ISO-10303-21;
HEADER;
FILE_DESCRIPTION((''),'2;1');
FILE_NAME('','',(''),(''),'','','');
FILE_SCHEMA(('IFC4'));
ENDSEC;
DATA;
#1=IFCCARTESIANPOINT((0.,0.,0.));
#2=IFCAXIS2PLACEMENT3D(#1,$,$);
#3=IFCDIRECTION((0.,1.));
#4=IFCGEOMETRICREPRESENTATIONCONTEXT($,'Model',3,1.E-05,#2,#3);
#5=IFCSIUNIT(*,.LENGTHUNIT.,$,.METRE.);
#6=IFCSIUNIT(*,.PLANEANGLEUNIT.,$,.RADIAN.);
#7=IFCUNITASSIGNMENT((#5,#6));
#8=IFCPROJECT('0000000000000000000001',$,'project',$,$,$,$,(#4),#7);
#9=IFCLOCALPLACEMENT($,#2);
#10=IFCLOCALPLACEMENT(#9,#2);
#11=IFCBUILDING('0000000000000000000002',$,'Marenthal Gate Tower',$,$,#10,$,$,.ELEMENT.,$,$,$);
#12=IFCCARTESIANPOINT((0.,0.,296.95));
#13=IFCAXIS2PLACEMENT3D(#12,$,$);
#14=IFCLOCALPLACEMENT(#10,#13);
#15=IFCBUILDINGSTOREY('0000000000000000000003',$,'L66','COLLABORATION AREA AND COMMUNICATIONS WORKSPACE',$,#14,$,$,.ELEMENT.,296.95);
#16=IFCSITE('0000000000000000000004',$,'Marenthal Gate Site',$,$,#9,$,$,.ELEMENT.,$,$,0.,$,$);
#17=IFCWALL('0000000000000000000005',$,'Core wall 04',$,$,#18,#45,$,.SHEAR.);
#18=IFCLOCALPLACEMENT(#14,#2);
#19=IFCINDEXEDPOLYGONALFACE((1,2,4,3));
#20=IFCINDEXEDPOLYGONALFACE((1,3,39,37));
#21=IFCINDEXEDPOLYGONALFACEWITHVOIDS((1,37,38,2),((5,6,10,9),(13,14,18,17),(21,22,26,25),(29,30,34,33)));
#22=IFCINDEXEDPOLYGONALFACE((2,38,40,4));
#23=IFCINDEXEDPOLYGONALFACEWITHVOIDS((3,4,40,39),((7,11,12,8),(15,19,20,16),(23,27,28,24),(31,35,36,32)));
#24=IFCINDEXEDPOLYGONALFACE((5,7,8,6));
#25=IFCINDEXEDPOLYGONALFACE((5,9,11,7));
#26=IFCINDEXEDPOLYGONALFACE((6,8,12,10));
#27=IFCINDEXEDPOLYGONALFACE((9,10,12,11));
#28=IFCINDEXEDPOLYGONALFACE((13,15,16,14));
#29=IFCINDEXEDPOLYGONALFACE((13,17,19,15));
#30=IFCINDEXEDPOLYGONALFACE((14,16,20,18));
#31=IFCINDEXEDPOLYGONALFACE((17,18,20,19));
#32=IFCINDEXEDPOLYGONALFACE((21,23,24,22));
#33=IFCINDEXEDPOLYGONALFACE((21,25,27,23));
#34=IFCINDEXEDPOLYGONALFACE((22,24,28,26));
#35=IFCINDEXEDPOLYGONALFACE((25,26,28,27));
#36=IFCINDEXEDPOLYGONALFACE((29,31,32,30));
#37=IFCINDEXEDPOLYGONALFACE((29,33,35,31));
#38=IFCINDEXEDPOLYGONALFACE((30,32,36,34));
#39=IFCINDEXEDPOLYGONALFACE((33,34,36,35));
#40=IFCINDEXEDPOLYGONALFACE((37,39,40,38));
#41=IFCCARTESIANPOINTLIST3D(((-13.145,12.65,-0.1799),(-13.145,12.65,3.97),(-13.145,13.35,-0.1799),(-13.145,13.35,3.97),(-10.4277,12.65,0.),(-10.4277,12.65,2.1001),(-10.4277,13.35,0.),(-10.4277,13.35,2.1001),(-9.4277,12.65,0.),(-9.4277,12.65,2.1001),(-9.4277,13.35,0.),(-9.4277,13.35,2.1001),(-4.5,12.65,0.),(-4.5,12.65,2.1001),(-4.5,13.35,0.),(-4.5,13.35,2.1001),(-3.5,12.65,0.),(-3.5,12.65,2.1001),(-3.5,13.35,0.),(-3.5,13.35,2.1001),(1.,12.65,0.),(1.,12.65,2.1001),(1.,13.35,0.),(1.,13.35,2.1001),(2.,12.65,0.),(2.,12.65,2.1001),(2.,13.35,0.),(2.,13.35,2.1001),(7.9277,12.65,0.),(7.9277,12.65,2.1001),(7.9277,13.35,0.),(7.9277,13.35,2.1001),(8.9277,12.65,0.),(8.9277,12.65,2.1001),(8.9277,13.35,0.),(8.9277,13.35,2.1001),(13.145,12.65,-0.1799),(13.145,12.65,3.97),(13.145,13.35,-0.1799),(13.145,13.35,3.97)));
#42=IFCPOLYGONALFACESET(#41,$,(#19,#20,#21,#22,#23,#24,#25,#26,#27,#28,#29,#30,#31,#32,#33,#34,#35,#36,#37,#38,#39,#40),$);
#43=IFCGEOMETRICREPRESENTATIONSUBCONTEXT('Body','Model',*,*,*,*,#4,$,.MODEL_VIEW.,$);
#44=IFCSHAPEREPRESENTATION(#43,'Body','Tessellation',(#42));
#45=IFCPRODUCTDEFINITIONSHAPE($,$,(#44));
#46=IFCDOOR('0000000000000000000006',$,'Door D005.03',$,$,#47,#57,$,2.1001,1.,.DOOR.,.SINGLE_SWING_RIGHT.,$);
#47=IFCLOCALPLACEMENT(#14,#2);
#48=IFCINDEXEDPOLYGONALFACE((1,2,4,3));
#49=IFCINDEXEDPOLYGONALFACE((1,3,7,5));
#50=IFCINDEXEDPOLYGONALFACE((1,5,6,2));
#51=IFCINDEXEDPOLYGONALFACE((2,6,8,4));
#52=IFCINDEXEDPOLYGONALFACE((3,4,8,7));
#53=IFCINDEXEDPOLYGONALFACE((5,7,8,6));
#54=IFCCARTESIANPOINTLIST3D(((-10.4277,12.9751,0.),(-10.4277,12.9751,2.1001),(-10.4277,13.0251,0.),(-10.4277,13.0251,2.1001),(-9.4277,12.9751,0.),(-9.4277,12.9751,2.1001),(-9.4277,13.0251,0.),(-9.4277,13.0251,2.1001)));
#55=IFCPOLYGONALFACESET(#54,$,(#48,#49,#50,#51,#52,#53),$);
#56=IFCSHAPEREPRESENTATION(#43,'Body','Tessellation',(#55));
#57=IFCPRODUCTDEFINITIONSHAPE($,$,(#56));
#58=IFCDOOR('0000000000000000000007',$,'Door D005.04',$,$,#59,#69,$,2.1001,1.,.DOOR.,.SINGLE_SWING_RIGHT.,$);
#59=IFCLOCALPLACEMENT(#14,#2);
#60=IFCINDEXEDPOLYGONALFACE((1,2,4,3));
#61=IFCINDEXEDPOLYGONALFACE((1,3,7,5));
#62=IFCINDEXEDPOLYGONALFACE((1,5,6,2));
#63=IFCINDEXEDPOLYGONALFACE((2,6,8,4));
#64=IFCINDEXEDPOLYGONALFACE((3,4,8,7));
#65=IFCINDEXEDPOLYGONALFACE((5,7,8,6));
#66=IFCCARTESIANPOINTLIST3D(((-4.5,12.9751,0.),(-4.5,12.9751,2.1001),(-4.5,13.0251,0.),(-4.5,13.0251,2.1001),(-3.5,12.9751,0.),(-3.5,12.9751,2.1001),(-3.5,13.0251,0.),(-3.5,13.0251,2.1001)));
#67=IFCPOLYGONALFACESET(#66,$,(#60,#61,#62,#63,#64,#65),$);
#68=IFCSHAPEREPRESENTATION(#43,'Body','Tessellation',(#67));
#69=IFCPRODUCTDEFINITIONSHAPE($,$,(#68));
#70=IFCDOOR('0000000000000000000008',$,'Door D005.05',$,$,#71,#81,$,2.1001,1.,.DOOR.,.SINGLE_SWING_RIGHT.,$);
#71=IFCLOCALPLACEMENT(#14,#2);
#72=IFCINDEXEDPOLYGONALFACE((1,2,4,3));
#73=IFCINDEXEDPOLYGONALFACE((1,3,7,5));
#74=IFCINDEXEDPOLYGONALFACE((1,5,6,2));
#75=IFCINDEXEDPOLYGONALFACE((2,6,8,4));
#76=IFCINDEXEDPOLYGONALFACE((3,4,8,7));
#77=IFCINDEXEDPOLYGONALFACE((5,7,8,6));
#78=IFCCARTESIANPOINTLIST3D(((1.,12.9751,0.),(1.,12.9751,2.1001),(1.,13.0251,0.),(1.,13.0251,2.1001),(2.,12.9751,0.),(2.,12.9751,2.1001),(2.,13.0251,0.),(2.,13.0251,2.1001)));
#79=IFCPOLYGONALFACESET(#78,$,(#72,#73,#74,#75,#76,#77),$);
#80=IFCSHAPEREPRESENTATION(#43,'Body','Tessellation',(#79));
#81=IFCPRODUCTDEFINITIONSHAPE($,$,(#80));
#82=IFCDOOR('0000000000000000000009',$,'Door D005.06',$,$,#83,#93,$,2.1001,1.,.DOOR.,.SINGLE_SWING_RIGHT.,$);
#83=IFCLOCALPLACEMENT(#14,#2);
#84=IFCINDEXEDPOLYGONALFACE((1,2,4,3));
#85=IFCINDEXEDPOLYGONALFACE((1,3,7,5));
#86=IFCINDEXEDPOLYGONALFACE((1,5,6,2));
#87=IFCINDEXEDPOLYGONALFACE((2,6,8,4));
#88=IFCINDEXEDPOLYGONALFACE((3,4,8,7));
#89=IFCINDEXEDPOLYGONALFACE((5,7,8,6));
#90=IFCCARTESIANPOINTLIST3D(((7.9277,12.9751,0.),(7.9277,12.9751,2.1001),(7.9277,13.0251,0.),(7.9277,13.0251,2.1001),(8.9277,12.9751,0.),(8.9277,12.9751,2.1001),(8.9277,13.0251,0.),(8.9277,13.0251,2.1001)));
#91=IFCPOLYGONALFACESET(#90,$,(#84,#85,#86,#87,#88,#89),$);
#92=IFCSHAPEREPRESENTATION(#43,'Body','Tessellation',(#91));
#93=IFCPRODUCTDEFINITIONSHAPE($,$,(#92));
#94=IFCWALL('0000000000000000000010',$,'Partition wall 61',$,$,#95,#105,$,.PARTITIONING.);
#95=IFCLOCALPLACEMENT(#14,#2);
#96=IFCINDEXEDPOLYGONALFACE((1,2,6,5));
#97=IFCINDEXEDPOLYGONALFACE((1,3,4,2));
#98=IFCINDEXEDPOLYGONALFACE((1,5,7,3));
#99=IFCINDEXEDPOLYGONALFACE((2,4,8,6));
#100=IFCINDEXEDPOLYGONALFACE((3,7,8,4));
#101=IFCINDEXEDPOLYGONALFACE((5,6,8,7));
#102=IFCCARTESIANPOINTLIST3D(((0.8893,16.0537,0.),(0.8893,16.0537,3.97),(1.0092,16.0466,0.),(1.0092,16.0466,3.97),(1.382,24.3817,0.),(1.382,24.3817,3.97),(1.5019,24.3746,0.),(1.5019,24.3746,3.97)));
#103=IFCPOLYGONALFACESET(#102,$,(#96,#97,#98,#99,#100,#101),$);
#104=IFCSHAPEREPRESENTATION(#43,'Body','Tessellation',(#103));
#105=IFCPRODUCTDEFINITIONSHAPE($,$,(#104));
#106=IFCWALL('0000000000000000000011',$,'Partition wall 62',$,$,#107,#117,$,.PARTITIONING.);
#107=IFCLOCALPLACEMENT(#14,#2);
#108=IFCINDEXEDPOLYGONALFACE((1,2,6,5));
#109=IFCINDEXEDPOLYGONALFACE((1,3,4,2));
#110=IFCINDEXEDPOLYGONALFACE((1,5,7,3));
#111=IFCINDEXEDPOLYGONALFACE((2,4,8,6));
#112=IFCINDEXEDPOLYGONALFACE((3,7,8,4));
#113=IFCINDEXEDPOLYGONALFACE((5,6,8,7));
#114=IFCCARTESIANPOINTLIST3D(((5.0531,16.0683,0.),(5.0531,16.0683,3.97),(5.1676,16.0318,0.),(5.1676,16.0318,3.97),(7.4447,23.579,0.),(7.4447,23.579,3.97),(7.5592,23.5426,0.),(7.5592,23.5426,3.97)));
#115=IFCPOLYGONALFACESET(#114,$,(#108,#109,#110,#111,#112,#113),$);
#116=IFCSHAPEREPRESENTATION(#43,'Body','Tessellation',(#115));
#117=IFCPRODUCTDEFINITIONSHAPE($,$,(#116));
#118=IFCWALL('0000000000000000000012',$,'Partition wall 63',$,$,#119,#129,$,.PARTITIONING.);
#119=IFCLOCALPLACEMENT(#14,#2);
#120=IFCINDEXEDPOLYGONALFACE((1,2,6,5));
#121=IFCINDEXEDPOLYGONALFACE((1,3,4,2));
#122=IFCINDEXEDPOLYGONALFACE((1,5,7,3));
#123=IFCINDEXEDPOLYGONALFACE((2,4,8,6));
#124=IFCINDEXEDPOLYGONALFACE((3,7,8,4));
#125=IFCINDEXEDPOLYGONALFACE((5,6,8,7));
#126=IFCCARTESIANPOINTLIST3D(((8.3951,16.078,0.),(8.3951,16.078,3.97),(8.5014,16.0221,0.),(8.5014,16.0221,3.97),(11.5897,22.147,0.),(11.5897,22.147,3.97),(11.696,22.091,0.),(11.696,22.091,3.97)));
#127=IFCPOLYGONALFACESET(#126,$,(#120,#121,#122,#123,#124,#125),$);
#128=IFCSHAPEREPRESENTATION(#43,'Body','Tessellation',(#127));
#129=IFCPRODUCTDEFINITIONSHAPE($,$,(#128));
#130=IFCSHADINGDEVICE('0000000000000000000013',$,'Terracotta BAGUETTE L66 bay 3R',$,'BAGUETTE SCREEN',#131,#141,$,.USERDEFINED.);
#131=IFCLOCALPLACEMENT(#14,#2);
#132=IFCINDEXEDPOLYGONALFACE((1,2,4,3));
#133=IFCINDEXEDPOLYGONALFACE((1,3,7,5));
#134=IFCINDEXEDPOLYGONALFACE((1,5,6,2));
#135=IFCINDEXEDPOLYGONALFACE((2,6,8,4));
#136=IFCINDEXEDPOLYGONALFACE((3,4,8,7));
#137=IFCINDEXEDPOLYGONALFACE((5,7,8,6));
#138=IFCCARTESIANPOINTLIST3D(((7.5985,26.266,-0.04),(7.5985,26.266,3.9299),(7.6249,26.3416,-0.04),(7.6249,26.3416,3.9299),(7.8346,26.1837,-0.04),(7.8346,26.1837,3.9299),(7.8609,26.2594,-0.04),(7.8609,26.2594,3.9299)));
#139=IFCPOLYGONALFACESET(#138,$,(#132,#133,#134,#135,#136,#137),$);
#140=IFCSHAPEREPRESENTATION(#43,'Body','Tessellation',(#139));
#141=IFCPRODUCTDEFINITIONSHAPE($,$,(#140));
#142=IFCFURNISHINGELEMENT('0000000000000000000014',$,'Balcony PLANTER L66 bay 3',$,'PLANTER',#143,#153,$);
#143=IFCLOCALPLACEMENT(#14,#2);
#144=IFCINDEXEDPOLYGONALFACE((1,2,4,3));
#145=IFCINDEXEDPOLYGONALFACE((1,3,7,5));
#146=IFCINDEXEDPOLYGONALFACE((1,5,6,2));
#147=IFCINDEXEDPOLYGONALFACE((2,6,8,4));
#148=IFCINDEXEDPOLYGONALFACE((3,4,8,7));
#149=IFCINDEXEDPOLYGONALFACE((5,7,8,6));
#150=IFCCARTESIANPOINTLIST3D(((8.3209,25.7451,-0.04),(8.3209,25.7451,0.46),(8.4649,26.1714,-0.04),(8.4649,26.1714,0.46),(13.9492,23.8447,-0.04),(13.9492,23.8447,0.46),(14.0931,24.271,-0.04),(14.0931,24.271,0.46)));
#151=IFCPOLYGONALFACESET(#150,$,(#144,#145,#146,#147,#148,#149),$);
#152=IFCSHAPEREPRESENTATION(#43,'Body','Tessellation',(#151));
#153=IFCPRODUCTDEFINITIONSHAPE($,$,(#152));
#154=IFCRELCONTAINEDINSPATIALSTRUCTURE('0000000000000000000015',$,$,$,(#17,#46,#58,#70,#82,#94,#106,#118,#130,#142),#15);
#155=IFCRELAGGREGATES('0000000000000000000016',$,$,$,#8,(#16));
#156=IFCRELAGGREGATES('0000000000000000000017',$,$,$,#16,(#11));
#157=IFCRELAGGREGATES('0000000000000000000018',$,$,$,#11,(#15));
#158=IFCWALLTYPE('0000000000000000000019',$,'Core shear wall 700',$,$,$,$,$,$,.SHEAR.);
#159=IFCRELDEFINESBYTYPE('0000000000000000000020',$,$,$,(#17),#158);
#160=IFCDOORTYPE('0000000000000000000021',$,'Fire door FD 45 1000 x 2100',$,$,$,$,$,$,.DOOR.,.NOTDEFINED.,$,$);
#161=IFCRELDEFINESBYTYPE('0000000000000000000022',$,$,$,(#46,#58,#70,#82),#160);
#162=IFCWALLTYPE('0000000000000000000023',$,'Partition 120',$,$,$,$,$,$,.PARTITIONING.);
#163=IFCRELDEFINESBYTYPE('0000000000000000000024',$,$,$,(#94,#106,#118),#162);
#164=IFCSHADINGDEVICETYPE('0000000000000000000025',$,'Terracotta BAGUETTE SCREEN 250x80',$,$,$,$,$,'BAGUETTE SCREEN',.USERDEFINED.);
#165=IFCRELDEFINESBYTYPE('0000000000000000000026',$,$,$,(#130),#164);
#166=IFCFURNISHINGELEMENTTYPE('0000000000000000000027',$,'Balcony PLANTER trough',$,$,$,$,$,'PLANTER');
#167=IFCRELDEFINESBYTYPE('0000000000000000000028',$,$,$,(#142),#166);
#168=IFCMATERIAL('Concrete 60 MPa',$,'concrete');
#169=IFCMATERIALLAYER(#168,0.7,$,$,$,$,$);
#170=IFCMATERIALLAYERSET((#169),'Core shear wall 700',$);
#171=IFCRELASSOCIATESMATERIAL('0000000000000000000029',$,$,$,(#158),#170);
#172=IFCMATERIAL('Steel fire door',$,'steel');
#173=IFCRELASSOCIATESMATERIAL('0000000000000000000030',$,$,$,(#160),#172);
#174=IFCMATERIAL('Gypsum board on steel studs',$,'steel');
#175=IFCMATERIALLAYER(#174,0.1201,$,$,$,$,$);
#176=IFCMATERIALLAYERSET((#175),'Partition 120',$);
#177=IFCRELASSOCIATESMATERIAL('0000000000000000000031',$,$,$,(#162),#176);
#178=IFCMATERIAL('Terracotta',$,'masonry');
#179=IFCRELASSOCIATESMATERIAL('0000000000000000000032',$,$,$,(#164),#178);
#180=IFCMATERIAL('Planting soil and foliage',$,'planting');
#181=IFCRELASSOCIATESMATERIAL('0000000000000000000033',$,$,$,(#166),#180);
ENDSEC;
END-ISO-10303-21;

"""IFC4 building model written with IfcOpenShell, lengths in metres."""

from ifc_helpers import new_model, si_unit, direction, frame, frame_2d, origin, origin_2d, place, context, subcontext, project, spatial, rectangle, extrude, material, layer, layer_set, material_profile, profile_set, type_object, element, fill, save


model = new_model("IFC4")

# Units and contexts
model_context = context("Model", 3, precision=1e-05, world=origin(), true_north=direction((0.0, 1.0)))
body_context = subcontext(model_context, "Body", "Model", "MODEL_VIEW")
ifc_project = project(units=[si_unit("LENGTHUNIT", "METRE"), si_unit("PLANEANGLEUNIT", "RADIAN")], contexts=[model_context])

# Site, building, storey
site_placement = place(None, origin())
site = spatial("IfcSite", under=ifc_project, at=site_placement, Name="Marenthal Gate Site", CompositionType="ELEMENT", RefElevation=0.0)
building_placement = place(site_placement, origin())
building = spatial("IfcBuilding", under=site, at=building_placement, Name="Marenthal Gate Tower", CompositionType="ELEMENT")
storey_placement = place(building_placement, frame((0.0, 0.0, 296.95)))
storey = spatial("IfcBuildingStorey", under=building, at=storey_placement, Name="L66", Description="COLLABORATION AREA AND COMMUNICATIONS WORKSPACE", CompositionType="ELEMENT", Elevation=296.95)

# Wall, openings, doors
ifc_material_1 = material(Name="Concrete 60 MPa", Category="concrete")
ifc_layer_1 = layer(ifc_material_1, 0.7)
ifc_layer_set_1 = layer_set([ifc_layer_1], Name="Core shear wall 700")
wall_type_1 = type_object("IfcWallType", Name="Core shear wall 700", PredefinedType="SHEAR", material=ifc_layer_set_1)
wall_1_placement = place(storey_placement, frame((13.145, 13.0, -0.1799), z_axis=(0.0, 0.0, 1.0), x_axis=(-1.0, 0.0, 0.0)))
wall_1 = element("IfcWall", 1, at=wall_1_placement, inside=storey, type_object=wall_type_1, Name="Core wall 04", PredefinedType="SHEAR", context=body_context, shape_type="SweptSolid", body=[
    extrude(rectangle(XDim=26.29, YDim=0.7, at=frame_2d((13.145, 0.0))), origin(), (0.0, 0.0, 1.0), 4.1499),
])
opening_1_placement = place(wall_1_placement, frame((22.5728, 0.0, 0.1799)))
opening_1 = element("IfcOpeningElement", 2, at=opening_1_placement, cuts=wall_1, PredefinedType="OPENING", context=body_context, shape_type="SweptSolid", body=[
    extrude(rectangle(XDim=1.0, YDim=2.1001, at=frame_2d((0.5, 1.05))), frame((0.0, 0.3599, 0.0), z_axis=(0.0, -1.0, 0.0), x_axis=(1.0, 0.0, 0.0)), (0.0, 0.0, 1.0), 0.72),
])
opening_2_placement = place(wall_1_placement, frame((16.645, 0.0, 0.1799)))
opening_2 = element("IfcOpeningElement", 3, at=opening_2_placement, cuts=wall_1, PredefinedType="OPENING", context=body_context, shape_type="SweptSolid", body=[
    extrude(rectangle(XDim=1.0, YDim=2.1001, at=frame_2d((0.5, 1.05))), frame((0.0, 0.3599, 0.0), z_axis=(0.0, -1.0, 0.0), x_axis=(1.0, 0.0, 0.0)), (0.0, 0.0, 1.0), 0.72),
])
opening_3_placement = place(wall_1_placement, frame((11.145, 0.0, 0.1799)))
opening_3 = element("IfcOpeningElement", 4, at=opening_3_placement, cuts=wall_1, PredefinedType="OPENING", context=body_context, shape_type="SweptSolid", body=[
    extrude(rectangle(XDim=1.0, YDim=2.1001, at=frame_2d((0.5, 1.05))), frame((0.0, 0.3599, 0.0), z_axis=(0.0, -1.0, 0.0), x_axis=(1.0, 0.0, 0.0)), (0.0, 0.0, 1.0), 0.72),
])
opening_4_placement = place(wall_1_placement, frame((4.2173, 0.0, 0.1799)))
opening_4 = element("IfcOpeningElement", 5, at=opening_4_placement, cuts=wall_1, PredefinedType="OPENING", context=body_context, shape_type="SweptSolid", body=[
    extrude(rectangle(XDim=1.0, YDim=2.1001, at=frame_2d((0.5, 1.05))), frame((0.0, 0.3599, 0.0), z_axis=(0.0, -1.0, 0.0), x_axis=(1.0, 0.0, 0.0)), (0.0, 0.0, 1.0), 0.72),
])
ifc_material_2 = material(Name="Steel fire door", Category="steel")
door_type = type_object("IfcDoorType", Name="Fire door FD 45 1000 x 2100", OperationType="NOTDEFINED", PredefinedType="DOOR", material=ifc_material_2)
door_1_placement = place(opening_1_placement, origin())
door_1 = element("IfcDoor", 6, at=door_1_placement, inside=storey, type_object=door_type, Name="Door D005.03", OperationType="SINGLE_SWING_RIGHT", OverallHeight=2.1001, OverallWidth=1.0, PredefinedType="DOOR", context=body_context, shape_type="SweptSolid", body=[
    extrude(rectangle(XDim=1.0, YDim=2.1001, at=frame_2d((0.5, 1.05))), frame((0.0, 0.0249, 0.0), z_axis=(0.0, -1.0, 0.0), x_axis=(1.0, 0.0, 0.0)), (0.0, 0.0, 1.0), 0.05),
])
fill(opening_1, door_1)
door_2_placement = place(opening_2_placement, origin())
door_2 = element("IfcDoor", 7, at=door_2_placement, inside=storey, type_object=door_type, Name="Door D005.04", OperationType="SINGLE_SWING_RIGHT", OverallHeight=2.1001, OverallWidth=1.0, PredefinedType="DOOR", context=body_context, shape_type="SweptSolid", body=[
    extrude(rectangle(XDim=1.0, YDim=2.1001, at=frame_2d((0.5, 1.05))), frame((0.0, 0.0249, 0.0), z_axis=(0.0, -1.0, 0.0), x_axis=(1.0, 0.0, 0.0)), (0.0, 0.0, 1.0), 0.05),
])
fill(opening_2, door_2)
door_3_placement = place(opening_3_placement, origin())
door_3 = element("IfcDoor", 8, at=door_3_placement, inside=storey, type_object=door_type, Name="Door D005.05", OperationType="SINGLE_SWING_RIGHT", OverallHeight=2.1001, OverallWidth=1.0, PredefinedType="DOOR", context=body_context, shape_type="SweptSolid", body=[
    extrude(rectangle(XDim=1.0, YDim=2.1001, at=frame_2d((0.5, 1.05))), frame((0.0, 0.0249, 0.0), z_axis=(0.0, -1.0, 0.0), x_axis=(1.0, 0.0, 0.0)), (0.0, 0.0, 1.0), 0.05),
])
fill(opening_3, door_3)
door_4_placement = place(opening_4_placement, origin())
door_4 = element("IfcDoor", 9, at=door_4_placement, inside=storey, type_object=door_type, Name="Door D005.06", OperationType="SINGLE_SWING_RIGHT", OverallHeight=2.1001, OverallWidth=1.0, PredefinedType="DOOR", context=body_context, shape_type="SweptSolid", body=[
    extrude(rectangle(XDim=1.0, YDim=2.1001, at=frame_2d((0.5, 1.05))), frame((0.0, 0.0249, 0.0), z_axis=(0.0, -1.0, 0.0), x_axis=(1.0, 0.0, 0.0)), (0.0, 0.0, 1.0), 0.05),
])
fill(opening_4, door_4)

# Walls
ifc_material_3 = material(Name="Gypsum board on steel studs", Category="steel")
ifc_layer_2 = layer(ifc_material_3, 0.1201)
ifc_layer_set_2 = layer_set([ifc_layer_2], Name="Partition 120")
wall_type_2 = type_object("IfcWallType", Name="Partition 120", PredefinedType="PARTITIONING", material=ifc_layer_set_2)
wall_2_placement = place(storey_placement, frame((0.9492, 16.05, 0.0), z_axis=(0.0, 0.0, 1.0), x_axis=(0.059057, 0.998255, 0.0)))
element("IfcWall", 10, at=wall_2_placement, inside=storey, type_object=wall_type_2, Name="Partition wall 61", PredefinedType="PARTITIONING", context=body_context, shape_type="SweptSolid", body=[
    extrude(rectangle(XDim=8.3425, YDim=0.1201, at=frame_2d((4.1714, 0.0))), origin(), (0.0, 0.0, 1.0), 3.97),
])
wall_3_placement = place(storey_placement, frame((5.1104, 16.05, 0.0), z_axis=(0.0, 0.0, 1.0), x_axis=(0.303413, 0.952859, 0.0)))
element("IfcWall", 11, at=wall_3_placement, inside=storey, type_object=wall_type_2, Name="Partition wall 62", PredefinedType="PARTITIONING", context=body_context, shape_type="SweptSolid", body=[
    extrude(rectangle(XDim=7.8823, YDim=0.1201, at=frame_2d((3.9412, 0.0))), origin(), (0.0, 0.0, 1.0), 3.97),
])
wall_4_placement = place(storey_placement, frame((8.4482, 16.05, 0.0), z_axis=(0.0, 0.0, 1.0), x_axis=(0.465798, 0.884891, 0.0)))
element("IfcWall", 12, at=wall_4_placement, inside=storey, type_object=wall_type_2, Name="Partition wall 63", PredefinedType="PARTITIONING", context=body_context, shape_type="SweptSolid", body=[
    extrude(rectangle(XDim=6.8584, YDim=0.1201, at=frame_2d((3.4292, 0.0))), origin(), (0.0, 0.0, 1.0), 3.97),
])

# Shading device
ifc_material_4 = material(Name="Terracotta", Category="masonry")
ifc_material_profile_1 = material_profile(ifc_material_4, rectangle(XDim=0.25, YDim=0.0801, at=origin_2d()), Name="Terracotta baguette 250x80")
ifc_profile_set_1 = profile_set([ifc_material_profile_1], Name="Terracotta")
shading_device_type = type_object("IfcShadingDeviceType", Name="Terracotta BAGUETTE SCREEN 250x80", ElementType="BAGUETTE SCREEN", PredefinedType="USERDEFINED", material=ifc_profile_set_1)
shading_device_placement = place(storey_placement, frame((7.7297, 26.2627, -0.04), z_axis=(0.0, 0.0, 1.0), x_axis=(-0.94428, 0.329144, 0.0)))
element("IfcShadingDevice", 13, at=shading_device_placement, inside=storey, type_object=shading_device_type, Name="Terracotta BAGUETTE L66 bay 3R", ObjectType="BAGUETTE SCREEN", PredefinedType="USERDEFINED", context=body_context, shape_type="SweptSolid", body=[
    extrude(rectangle(XDim=0.25, YDim=0.0801, at=origin_2d()), origin(), (0.0, 0.0, 1.0), 3.97),
])

# Furnishing element
ifc_material_5 = material(Name="Planting soil and foliage", Category="planting")
furnishing_element_type = type_object("IfcFurnishingElementType", Name="Balcony PLANTER trough", ElementType="PLANTER", material=ifc_material_5)
furnishing_placement = place(storey_placement, frame((11.207, 25.0081, -0.04), z_axis=(0.0, 0.0, 1.0), x_axis=(-0.947448, 0.31991, 0.0)))
element("IfcFurnishingElement", 14, at=furnishing_placement, inside=storey, type_object=furnishing_element_type, Name="Balcony PLANTER L66 bay 3", ObjectType="PLANTER", context=body_context, shape_type="SweptSolid", body=[
    extrude(rectangle(XDim=5.9404, YDim=0.45, at=origin_2d()), origin(), (0.0, 0.0, 1.0), 0.5),
])

save(model, "model.ifc")
